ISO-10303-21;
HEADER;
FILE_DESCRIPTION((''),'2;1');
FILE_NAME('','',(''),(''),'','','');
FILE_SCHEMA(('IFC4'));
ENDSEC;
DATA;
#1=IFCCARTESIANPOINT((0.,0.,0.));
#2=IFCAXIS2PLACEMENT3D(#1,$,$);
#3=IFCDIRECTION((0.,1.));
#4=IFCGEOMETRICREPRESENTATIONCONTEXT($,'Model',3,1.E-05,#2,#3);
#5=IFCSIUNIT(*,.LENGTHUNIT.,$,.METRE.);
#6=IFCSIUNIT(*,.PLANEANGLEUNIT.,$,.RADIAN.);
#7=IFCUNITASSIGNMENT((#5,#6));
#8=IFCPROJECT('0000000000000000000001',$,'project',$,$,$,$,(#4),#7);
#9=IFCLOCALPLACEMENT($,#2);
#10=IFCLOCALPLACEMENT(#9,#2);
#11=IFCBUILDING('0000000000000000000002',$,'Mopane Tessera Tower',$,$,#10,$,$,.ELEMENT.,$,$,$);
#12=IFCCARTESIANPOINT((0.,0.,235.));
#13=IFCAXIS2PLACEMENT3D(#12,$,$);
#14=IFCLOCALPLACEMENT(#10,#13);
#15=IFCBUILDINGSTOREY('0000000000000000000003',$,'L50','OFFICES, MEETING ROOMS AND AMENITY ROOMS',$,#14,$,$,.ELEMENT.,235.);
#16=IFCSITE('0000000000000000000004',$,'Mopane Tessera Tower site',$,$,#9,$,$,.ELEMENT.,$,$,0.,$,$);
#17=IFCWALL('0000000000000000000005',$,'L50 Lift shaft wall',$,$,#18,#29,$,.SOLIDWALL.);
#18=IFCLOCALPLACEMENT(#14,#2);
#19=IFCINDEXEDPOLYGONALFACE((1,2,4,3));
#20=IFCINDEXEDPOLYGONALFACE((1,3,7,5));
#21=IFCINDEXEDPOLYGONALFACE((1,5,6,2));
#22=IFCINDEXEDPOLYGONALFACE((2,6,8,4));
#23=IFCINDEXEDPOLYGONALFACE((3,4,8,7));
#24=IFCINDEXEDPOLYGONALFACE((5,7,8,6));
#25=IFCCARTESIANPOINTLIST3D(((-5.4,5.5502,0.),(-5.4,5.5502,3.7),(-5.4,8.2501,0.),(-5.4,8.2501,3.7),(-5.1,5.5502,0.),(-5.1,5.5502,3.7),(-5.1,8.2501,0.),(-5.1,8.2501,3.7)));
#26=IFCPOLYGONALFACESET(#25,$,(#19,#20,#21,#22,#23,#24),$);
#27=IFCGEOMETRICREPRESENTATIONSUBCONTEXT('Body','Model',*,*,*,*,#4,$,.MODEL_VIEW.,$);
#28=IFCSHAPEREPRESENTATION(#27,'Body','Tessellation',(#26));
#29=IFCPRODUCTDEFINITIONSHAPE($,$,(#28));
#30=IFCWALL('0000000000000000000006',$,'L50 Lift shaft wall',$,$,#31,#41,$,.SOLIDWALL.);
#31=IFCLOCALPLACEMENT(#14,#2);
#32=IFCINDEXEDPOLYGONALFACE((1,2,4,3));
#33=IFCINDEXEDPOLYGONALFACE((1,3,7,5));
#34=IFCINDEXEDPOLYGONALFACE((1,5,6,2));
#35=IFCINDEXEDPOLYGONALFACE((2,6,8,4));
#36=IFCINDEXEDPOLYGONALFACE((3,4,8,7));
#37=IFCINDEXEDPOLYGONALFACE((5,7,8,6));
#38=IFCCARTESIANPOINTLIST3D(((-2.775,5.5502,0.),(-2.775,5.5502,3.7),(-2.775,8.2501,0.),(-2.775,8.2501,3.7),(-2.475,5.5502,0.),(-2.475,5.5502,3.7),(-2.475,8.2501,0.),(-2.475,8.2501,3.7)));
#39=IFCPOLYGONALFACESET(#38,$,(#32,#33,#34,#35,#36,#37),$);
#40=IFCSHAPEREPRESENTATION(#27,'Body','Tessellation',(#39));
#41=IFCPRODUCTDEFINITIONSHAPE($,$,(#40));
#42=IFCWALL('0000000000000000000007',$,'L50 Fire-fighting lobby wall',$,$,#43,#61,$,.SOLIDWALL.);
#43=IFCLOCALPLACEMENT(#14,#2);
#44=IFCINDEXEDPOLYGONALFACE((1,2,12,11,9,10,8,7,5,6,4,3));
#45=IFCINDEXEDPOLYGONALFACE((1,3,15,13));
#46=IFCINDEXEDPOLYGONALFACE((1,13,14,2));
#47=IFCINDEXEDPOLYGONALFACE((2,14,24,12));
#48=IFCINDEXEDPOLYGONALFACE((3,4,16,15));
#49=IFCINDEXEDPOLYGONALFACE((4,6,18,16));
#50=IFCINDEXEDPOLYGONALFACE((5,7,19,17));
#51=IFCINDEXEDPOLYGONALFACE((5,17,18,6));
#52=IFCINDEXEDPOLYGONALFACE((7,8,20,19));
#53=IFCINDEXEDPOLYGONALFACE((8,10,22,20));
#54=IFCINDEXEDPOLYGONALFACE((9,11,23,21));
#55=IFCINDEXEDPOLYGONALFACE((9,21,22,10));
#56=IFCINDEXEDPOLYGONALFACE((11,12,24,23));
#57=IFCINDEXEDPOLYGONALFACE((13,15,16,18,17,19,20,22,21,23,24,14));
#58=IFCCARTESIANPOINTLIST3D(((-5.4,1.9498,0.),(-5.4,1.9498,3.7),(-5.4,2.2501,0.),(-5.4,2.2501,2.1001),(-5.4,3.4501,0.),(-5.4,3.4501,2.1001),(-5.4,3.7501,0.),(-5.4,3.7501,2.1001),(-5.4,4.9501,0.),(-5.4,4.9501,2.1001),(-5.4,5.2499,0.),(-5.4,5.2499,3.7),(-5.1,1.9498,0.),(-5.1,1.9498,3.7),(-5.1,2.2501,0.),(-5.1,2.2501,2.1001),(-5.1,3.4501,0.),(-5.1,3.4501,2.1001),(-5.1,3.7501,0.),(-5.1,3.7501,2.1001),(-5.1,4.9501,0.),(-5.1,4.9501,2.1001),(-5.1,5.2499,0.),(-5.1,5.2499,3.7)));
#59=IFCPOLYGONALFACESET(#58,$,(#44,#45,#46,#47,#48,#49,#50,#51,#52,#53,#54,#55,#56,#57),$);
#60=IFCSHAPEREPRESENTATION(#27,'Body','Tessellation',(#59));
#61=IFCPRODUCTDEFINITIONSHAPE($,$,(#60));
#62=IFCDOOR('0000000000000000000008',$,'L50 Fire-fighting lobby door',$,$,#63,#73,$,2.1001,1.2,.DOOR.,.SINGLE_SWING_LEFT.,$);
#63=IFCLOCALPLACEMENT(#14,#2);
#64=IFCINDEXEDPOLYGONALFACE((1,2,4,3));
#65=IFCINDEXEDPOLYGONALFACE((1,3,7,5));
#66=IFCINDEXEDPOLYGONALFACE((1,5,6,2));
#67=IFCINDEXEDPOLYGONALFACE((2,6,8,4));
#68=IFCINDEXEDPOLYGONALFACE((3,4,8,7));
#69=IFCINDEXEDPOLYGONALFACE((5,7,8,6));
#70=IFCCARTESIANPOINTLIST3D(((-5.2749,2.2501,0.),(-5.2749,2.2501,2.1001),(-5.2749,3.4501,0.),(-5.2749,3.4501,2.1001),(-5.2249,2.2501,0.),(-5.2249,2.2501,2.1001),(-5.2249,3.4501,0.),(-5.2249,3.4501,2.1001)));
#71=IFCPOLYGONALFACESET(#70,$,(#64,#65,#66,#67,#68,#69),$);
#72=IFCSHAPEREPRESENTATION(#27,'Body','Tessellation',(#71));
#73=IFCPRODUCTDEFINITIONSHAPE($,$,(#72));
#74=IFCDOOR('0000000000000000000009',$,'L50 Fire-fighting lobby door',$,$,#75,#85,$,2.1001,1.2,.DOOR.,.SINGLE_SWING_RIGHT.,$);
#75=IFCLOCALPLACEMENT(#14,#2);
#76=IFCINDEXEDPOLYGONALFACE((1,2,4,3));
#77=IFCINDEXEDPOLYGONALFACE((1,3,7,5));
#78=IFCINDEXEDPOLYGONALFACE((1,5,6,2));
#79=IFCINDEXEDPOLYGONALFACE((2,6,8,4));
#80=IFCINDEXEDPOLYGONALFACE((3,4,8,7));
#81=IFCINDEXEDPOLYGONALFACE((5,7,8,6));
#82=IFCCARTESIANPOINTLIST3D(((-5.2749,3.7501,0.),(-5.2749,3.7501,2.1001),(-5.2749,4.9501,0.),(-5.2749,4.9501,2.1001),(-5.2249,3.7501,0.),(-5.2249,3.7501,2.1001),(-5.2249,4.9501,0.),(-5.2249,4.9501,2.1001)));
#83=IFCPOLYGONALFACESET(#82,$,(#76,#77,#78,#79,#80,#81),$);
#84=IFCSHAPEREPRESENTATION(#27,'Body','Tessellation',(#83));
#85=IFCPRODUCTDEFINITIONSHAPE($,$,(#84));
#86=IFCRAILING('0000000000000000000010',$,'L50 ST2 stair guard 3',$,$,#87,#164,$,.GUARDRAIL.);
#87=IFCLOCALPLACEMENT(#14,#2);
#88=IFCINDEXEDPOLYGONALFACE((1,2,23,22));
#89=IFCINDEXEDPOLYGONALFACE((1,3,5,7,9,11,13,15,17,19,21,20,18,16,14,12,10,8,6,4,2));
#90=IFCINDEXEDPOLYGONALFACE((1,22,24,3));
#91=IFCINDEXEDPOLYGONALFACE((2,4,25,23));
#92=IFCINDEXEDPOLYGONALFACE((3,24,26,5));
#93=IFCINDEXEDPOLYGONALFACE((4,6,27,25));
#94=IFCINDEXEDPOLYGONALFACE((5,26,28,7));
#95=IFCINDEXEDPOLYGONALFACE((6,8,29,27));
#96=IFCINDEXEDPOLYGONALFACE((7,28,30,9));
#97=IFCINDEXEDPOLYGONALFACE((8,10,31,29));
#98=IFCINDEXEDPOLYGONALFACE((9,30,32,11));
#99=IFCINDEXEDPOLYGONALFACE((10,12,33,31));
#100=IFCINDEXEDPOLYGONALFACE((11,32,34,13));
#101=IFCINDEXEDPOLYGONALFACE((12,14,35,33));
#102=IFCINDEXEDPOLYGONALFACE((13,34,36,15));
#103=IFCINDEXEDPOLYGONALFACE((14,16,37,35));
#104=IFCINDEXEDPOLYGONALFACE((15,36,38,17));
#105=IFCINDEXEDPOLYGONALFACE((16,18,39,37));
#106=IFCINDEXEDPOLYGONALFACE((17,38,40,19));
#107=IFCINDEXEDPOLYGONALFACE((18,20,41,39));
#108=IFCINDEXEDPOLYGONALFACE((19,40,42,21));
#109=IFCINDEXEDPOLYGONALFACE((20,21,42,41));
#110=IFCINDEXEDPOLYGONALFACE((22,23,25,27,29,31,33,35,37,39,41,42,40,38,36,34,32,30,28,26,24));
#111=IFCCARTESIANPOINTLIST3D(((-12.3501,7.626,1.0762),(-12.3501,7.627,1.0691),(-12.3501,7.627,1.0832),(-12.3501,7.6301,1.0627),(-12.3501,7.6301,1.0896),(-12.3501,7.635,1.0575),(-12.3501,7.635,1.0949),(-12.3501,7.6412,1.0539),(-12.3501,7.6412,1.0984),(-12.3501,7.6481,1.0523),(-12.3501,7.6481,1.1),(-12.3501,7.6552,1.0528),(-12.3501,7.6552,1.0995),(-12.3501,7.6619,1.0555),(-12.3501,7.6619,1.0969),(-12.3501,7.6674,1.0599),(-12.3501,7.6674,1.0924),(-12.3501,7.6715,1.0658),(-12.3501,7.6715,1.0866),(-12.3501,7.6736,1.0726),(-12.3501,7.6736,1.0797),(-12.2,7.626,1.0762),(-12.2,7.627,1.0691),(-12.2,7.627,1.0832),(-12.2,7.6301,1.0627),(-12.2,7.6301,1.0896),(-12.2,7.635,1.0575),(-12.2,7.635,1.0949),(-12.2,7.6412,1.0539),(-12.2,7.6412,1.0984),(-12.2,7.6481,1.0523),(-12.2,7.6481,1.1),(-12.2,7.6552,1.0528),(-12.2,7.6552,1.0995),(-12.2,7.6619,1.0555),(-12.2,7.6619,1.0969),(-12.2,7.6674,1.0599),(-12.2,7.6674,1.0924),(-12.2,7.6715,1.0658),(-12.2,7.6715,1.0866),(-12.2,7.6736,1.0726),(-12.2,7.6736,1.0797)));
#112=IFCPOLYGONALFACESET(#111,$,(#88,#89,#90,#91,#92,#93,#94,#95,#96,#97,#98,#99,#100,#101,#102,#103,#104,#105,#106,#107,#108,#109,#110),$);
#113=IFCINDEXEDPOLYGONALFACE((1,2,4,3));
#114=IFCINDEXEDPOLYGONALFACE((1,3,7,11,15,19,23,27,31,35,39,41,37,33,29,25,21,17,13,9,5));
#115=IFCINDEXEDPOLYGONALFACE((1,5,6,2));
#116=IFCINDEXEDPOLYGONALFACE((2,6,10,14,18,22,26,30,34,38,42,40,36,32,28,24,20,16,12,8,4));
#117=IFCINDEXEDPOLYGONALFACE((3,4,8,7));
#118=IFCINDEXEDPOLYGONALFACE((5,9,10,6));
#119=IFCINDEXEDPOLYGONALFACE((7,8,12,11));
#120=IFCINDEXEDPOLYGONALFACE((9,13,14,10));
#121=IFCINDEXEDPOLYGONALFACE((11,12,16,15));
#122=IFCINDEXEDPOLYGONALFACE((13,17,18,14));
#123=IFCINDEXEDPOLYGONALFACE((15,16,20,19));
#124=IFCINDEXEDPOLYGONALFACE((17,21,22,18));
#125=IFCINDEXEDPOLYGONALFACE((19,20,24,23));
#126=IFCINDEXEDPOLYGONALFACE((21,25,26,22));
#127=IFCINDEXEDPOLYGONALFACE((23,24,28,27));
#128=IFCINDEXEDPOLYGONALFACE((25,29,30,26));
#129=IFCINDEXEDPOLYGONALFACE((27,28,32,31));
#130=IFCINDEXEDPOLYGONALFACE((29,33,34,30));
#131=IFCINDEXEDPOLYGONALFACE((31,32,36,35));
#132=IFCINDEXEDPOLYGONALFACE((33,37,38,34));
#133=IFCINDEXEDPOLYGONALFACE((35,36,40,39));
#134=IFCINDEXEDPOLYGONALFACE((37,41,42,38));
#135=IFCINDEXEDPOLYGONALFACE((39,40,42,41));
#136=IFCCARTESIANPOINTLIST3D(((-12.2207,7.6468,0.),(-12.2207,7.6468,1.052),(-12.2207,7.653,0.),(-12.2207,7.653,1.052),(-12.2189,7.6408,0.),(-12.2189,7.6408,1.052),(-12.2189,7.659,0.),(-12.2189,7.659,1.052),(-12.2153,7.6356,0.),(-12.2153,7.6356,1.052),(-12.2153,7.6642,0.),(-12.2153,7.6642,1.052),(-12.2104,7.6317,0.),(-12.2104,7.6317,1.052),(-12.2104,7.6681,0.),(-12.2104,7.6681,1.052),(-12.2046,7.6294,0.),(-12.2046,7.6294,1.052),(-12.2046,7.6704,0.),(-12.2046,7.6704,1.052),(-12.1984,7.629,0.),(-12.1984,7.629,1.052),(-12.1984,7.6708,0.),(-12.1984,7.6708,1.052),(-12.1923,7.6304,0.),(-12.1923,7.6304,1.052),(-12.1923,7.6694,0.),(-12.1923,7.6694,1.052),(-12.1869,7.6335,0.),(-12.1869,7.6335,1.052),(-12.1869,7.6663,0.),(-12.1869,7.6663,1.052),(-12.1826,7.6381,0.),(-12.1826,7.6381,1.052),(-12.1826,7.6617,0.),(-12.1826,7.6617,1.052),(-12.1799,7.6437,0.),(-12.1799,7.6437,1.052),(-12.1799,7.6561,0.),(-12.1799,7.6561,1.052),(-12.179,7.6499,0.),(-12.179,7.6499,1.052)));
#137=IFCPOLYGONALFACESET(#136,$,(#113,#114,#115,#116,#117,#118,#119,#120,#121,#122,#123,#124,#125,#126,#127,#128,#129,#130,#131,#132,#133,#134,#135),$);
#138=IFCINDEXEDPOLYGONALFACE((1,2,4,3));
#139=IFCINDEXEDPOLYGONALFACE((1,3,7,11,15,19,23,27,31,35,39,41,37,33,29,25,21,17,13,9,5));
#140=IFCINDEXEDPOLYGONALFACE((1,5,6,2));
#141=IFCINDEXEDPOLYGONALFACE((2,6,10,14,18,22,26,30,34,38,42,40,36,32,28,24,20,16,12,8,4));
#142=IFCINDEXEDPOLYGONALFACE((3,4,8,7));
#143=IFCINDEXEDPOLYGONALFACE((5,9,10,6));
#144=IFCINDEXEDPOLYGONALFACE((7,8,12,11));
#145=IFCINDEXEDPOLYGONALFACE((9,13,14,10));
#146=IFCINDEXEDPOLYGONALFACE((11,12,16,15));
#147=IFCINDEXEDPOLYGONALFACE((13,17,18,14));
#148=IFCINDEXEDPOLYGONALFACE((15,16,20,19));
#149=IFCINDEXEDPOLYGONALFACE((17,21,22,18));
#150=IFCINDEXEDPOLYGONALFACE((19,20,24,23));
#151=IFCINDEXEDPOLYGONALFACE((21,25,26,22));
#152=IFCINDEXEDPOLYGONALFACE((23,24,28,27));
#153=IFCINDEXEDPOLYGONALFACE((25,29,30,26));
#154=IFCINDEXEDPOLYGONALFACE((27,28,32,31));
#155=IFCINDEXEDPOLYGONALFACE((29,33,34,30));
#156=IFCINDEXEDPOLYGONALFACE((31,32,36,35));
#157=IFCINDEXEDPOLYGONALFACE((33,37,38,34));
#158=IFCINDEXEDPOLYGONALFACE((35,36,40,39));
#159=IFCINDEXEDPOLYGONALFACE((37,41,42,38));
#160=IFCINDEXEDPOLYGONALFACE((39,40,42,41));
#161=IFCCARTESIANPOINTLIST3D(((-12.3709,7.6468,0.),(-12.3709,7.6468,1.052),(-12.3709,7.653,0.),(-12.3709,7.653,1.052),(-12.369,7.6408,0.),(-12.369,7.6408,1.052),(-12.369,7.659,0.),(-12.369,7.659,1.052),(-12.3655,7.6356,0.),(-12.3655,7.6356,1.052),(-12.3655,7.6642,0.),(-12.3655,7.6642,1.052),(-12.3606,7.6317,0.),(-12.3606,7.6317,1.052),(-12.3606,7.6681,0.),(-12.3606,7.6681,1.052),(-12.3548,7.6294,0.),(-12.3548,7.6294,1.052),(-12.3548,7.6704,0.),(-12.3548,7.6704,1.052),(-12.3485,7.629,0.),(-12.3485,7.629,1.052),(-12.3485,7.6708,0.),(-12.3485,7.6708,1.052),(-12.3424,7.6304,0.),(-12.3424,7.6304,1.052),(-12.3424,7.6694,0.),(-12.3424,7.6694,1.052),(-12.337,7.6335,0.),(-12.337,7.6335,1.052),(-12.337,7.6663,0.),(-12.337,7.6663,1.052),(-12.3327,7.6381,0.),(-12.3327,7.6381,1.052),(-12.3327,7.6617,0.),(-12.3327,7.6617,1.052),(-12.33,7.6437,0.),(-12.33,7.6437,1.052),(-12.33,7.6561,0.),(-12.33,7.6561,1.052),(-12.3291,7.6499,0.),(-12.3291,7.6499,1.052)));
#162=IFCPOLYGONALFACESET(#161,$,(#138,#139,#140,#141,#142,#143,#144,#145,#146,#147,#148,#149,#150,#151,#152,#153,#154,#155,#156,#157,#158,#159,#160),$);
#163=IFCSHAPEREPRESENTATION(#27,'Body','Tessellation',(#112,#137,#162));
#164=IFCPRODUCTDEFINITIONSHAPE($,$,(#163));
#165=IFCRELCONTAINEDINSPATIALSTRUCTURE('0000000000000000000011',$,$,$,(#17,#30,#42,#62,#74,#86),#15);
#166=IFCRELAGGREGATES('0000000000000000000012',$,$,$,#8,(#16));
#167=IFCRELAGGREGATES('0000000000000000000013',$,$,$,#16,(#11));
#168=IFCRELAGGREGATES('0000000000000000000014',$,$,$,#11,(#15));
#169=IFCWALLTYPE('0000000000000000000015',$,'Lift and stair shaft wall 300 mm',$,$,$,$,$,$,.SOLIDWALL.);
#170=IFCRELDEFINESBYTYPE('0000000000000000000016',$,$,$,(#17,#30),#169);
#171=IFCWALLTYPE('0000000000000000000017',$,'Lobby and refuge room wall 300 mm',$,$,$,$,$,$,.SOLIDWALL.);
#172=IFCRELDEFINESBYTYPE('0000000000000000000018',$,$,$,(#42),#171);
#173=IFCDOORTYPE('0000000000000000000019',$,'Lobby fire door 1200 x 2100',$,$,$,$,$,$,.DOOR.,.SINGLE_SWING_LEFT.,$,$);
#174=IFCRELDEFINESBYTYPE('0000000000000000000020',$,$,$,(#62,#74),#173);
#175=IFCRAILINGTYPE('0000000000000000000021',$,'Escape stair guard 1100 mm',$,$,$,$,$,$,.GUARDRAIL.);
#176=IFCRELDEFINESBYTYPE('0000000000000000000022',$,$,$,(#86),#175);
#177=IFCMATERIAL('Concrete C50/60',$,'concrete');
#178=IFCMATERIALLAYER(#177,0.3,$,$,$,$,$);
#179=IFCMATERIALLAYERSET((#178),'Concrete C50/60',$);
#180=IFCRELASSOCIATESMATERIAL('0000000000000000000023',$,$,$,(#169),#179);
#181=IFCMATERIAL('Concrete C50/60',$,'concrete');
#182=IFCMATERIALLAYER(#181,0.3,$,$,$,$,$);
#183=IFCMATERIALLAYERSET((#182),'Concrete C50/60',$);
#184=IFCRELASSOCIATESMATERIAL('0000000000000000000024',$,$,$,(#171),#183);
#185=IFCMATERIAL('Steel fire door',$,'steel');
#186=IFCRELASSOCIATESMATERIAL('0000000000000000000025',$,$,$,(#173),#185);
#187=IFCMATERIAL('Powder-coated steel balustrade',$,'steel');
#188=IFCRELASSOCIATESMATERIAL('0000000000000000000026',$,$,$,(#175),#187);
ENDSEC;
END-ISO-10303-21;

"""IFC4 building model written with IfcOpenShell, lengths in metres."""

from ifc_helpers import new_model, si_unit, direction, frame, frame_2d, origin, origin_2d, place, context, subcontext, project, spatial, rectangle, circle, extrude, material, layer, layer_set, type_object, element, fill, save


model = new_model("IFC4")

# Units and contexts
model_context = context("Model", 3, precision=1e-05, world=origin(), true_north=direction((0.0, 1.0)))
body_context = subcontext(model_context, "Body", "Model", "MODEL_VIEW")
ifc_project = project(units=[si_unit("LENGTHUNIT", "METRE"), si_unit("PLANEANGLEUNIT", "RADIAN")], contexts=[model_context])

# Site, building, storey
site_placement = place(None, origin())
site = spatial("IfcSite", under=ifc_project, at=site_placement, Name="Mopane Tessera Tower site", CompositionType="ELEMENT", RefElevation=0.0)
building_placement = place(site_placement, origin())
building = spatial("IfcBuilding", under=site, at=building_placement, Name="Mopane Tessera Tower", CompositionType="ELEMENT")
storey_placement = place(building_placement, frame((0.0, 0.0, 235.0)))
storey = spatial("IfcBuildingStorey", under=building, at=storey_placement, Name="L50", Description="OFFICES, MEETING ROOMS AND AMENITY ROOMS", CompositionType="ELEMENT", Elevation=235.0)

# Shared definitions
ifc_material_1 = material(Name="Concrete C50/60", Category="concrete")
ifc_layer_1 = layer(ifc_material_1, 0.3)
ifc_layer_set_1 = layer_set([ifc_layer_1], Name="Concrete C50/60")
wall_type_1 = type_object("IfcWallType", Name="Lift and stair shaft wall 300 mm", PredefinedType="SOLIDWALL", material=ifc_layer_set_1)

# Walls
for number, where, z_axis, x_axis, name in (
    (1, (-5.25, 5.55, 0.0), (0.0, 0.0, 1.0), (0.0, 1.0, 0.0), "L50 Lift shaft wall"),
    (2, (-2.625, 5.55, 0.0), (0.0, 0.0, 1.0), (0.0, 1.0, 0.0), "L50 Lift shaft wall"),
):
    element("IfcWall", number, at=place(storey_placement, frame(where, z_axis=z_axis, x_axis=x_axis)), inside=storey, type_object=wall_type_1, Name=name, PredefinedType="SOLIDWALL", context=body_context, shape_type="SweptSolid", body=[
        extrude(rectangle(XDim=2.7, YDim=0.3, at=frame_2d((1.3501, 0.0))), origin(), (0.0, 0.0, 1.0), 3.7),
    ])

# Wall, openings, doors
ifc_material_2 = material(Name="Concrete C50/60", Category="concrete")
ifc_layer_2 = layer(ifc_material_2, 0.3)
ifc_layer_set_2 = layer_set([ifc_layer_2], Name="Concrete C50/60")
wall_type_2 = type_object("IfcWallType", Name="Lobby and refuge room wall 300 mm", PredefinedType="SOLIDWALL", material=ifc_layer_set_2)
wall_1_placement = place(storey_placement, frame((-5.25, 1.95, 0.0), z_axis=(0.0, 0.0, 1.0), x_axis=(0.0, 1.0, 0.0)))
wall_1 = element("IfcWall", 3, at=wall_1_placement, inside=storey, type_object=wall_type_2, Name="L50 Fire-fighting lobby wall", PredefinedType="SOLIDWALL", context=body_context, shape_type="SweptSolid", body=[
    extrude(rectangle(XDim=3.3, YDim=0.3, at=frame_2d((1.6499, 0.0))), origin(), (0.0, 0.0, 1.0), 3.7),
])
opening_1_placement = place(wall_1_placement, frame((0.3, 0.0, 0.0)))
opening_1 = element("IfcOpeningElement", 4, at=opening_1_placement, cuts=wall_1, PredefinedType="OPENING", context=body_context, shape_type="SweptSolid", body=[
    extrude(rectangle(XDim=1.2, YDim=2.1001, at=frame_2d((0.6001, 1.05))), frame((0.0, 0.1621, 0.0), z_axis=(0.0, -1.0, 0.0), x_axis=(1.0, 0.0, 0.0)), (0.0, 0.0, 1.0), 0.324),
])
opening_2_placement = place(wall_1_placement, frame((1.8, 0.0, 0.0)))
opening_2 = element("IfcOpeningElement", 5, at=opening_2_placement, cuts=wall_1, PredefinedType="OPENING", context=body_context, shape_type="SweptSolid", body=[
    extrude(rectangle(XDim=1.2, YDim=2.1001, at=frame_2d((0.6001, 1.05))), frame((0.0, 0.1621, 0.0), z_axis=(0.0, -1.0, 0.0), x_axis=(1.0, 0.0, 0.0)), (0.0, 0.0, 1.0), 0.324),
])
ifc_material_3 = material(Name="Steel fire door", Category="steel")
door_type_1 = type_object("IfcDoorType", Name="Lobby fire door 1200 x 2100", OperationType="SINGLE_SWING_LEFT", PredefinedType="DOOR", material=ifc_material_3)
door_1_placement = place(opening_1_placement, origin())
door_1 = element("IfcDoor", 6, at=door_1_placement, inside=storey, type_object=door_type_1, Name="L50 Fire-fighting lobby door", OperationType="SINGLE_SWING_LEFT", OverallHeight=2.1001, OverallWidth=1.2, PredefinedType="DOOR", context=body_context, shape_type="SweptSolid", body=[
    extrude(rectangle(XDim=1.2, YDim=2.1001, at=frame_2d((0.6001, 1.05))), frame((0.0, 0.0249, 0.0), z_axis=(0.0, -1.0, 0.0), x_axis=(1.0, 0.0, 0.0)), (0.0, 0.0, 1.0), 0.05),
])
fill(opening_1, door_1)
door_2_placement = place(opening_2_placement, origin())
door_2 = element("IfcDoor", 7, at=door_2_placement, inside=storey, type_object=door_type_1, Name="L50 Fire-fighting lobby door", OperationType="SINGLE_SWING_RIGHT", OverallHeight=2.1001, OverallWidth=1.2, PredefinedType="DOOR", context=body_context, shape_type="SweptSolid", body=[
    extrude(rectangle(XDim=1.2, YDim=2.1001, at=frame_2d((0.6001, 1.05))), frame((0.0, 0.0249, 0.0), z_axis=(0.0, -1.0, 0.0), x_axis=(1.0, 0.0, 0.0)), (0.0, 0.0, 1.0), 0.05),
])
fill(opening_2, door_2)

# Railing
ifc_material_4 = material(Name="Powder-coated steel balustrade", Category="steel")
railing_type = type_object("IfcRailingType", Name="Escape stair guard 1100 mm", PredefinedType="GUARDRAIL", material=ifc_material_4)
railing_placement = place(storey_placement, frame((-12.2, 7.6499, 0.0)))
element("IfcRailing", 8, at=railing_placement, inside=storey, type_object=railing_type, Name="L50 ST2 stair guard 3", PredefinedType="GUARDRAIL", context=body_context, shape_type="SweptSolid", body=[
    extrude(circle(Radius=0.0239, at=origin_2d()), frame((0.0, 0.0, 1.0762), z_axis=(-1.0, 0.0, 0.0), x_axis=(0.0, -1.0, 0.0)), (0.0, 0.0, 1.0), 0.1501),
    extrude(circle(Radius=0.021, at=origin_2d()), origin(), (0.0, 0.0, 1.0), 1.052),
    extrude(circle(Radius=0.021, at=origin_2d()), frame((-0.1501, 0.0, 0.0)), (0.0, 0.0, 1.0), 1.052),
])

save(model, "model.ifc")
